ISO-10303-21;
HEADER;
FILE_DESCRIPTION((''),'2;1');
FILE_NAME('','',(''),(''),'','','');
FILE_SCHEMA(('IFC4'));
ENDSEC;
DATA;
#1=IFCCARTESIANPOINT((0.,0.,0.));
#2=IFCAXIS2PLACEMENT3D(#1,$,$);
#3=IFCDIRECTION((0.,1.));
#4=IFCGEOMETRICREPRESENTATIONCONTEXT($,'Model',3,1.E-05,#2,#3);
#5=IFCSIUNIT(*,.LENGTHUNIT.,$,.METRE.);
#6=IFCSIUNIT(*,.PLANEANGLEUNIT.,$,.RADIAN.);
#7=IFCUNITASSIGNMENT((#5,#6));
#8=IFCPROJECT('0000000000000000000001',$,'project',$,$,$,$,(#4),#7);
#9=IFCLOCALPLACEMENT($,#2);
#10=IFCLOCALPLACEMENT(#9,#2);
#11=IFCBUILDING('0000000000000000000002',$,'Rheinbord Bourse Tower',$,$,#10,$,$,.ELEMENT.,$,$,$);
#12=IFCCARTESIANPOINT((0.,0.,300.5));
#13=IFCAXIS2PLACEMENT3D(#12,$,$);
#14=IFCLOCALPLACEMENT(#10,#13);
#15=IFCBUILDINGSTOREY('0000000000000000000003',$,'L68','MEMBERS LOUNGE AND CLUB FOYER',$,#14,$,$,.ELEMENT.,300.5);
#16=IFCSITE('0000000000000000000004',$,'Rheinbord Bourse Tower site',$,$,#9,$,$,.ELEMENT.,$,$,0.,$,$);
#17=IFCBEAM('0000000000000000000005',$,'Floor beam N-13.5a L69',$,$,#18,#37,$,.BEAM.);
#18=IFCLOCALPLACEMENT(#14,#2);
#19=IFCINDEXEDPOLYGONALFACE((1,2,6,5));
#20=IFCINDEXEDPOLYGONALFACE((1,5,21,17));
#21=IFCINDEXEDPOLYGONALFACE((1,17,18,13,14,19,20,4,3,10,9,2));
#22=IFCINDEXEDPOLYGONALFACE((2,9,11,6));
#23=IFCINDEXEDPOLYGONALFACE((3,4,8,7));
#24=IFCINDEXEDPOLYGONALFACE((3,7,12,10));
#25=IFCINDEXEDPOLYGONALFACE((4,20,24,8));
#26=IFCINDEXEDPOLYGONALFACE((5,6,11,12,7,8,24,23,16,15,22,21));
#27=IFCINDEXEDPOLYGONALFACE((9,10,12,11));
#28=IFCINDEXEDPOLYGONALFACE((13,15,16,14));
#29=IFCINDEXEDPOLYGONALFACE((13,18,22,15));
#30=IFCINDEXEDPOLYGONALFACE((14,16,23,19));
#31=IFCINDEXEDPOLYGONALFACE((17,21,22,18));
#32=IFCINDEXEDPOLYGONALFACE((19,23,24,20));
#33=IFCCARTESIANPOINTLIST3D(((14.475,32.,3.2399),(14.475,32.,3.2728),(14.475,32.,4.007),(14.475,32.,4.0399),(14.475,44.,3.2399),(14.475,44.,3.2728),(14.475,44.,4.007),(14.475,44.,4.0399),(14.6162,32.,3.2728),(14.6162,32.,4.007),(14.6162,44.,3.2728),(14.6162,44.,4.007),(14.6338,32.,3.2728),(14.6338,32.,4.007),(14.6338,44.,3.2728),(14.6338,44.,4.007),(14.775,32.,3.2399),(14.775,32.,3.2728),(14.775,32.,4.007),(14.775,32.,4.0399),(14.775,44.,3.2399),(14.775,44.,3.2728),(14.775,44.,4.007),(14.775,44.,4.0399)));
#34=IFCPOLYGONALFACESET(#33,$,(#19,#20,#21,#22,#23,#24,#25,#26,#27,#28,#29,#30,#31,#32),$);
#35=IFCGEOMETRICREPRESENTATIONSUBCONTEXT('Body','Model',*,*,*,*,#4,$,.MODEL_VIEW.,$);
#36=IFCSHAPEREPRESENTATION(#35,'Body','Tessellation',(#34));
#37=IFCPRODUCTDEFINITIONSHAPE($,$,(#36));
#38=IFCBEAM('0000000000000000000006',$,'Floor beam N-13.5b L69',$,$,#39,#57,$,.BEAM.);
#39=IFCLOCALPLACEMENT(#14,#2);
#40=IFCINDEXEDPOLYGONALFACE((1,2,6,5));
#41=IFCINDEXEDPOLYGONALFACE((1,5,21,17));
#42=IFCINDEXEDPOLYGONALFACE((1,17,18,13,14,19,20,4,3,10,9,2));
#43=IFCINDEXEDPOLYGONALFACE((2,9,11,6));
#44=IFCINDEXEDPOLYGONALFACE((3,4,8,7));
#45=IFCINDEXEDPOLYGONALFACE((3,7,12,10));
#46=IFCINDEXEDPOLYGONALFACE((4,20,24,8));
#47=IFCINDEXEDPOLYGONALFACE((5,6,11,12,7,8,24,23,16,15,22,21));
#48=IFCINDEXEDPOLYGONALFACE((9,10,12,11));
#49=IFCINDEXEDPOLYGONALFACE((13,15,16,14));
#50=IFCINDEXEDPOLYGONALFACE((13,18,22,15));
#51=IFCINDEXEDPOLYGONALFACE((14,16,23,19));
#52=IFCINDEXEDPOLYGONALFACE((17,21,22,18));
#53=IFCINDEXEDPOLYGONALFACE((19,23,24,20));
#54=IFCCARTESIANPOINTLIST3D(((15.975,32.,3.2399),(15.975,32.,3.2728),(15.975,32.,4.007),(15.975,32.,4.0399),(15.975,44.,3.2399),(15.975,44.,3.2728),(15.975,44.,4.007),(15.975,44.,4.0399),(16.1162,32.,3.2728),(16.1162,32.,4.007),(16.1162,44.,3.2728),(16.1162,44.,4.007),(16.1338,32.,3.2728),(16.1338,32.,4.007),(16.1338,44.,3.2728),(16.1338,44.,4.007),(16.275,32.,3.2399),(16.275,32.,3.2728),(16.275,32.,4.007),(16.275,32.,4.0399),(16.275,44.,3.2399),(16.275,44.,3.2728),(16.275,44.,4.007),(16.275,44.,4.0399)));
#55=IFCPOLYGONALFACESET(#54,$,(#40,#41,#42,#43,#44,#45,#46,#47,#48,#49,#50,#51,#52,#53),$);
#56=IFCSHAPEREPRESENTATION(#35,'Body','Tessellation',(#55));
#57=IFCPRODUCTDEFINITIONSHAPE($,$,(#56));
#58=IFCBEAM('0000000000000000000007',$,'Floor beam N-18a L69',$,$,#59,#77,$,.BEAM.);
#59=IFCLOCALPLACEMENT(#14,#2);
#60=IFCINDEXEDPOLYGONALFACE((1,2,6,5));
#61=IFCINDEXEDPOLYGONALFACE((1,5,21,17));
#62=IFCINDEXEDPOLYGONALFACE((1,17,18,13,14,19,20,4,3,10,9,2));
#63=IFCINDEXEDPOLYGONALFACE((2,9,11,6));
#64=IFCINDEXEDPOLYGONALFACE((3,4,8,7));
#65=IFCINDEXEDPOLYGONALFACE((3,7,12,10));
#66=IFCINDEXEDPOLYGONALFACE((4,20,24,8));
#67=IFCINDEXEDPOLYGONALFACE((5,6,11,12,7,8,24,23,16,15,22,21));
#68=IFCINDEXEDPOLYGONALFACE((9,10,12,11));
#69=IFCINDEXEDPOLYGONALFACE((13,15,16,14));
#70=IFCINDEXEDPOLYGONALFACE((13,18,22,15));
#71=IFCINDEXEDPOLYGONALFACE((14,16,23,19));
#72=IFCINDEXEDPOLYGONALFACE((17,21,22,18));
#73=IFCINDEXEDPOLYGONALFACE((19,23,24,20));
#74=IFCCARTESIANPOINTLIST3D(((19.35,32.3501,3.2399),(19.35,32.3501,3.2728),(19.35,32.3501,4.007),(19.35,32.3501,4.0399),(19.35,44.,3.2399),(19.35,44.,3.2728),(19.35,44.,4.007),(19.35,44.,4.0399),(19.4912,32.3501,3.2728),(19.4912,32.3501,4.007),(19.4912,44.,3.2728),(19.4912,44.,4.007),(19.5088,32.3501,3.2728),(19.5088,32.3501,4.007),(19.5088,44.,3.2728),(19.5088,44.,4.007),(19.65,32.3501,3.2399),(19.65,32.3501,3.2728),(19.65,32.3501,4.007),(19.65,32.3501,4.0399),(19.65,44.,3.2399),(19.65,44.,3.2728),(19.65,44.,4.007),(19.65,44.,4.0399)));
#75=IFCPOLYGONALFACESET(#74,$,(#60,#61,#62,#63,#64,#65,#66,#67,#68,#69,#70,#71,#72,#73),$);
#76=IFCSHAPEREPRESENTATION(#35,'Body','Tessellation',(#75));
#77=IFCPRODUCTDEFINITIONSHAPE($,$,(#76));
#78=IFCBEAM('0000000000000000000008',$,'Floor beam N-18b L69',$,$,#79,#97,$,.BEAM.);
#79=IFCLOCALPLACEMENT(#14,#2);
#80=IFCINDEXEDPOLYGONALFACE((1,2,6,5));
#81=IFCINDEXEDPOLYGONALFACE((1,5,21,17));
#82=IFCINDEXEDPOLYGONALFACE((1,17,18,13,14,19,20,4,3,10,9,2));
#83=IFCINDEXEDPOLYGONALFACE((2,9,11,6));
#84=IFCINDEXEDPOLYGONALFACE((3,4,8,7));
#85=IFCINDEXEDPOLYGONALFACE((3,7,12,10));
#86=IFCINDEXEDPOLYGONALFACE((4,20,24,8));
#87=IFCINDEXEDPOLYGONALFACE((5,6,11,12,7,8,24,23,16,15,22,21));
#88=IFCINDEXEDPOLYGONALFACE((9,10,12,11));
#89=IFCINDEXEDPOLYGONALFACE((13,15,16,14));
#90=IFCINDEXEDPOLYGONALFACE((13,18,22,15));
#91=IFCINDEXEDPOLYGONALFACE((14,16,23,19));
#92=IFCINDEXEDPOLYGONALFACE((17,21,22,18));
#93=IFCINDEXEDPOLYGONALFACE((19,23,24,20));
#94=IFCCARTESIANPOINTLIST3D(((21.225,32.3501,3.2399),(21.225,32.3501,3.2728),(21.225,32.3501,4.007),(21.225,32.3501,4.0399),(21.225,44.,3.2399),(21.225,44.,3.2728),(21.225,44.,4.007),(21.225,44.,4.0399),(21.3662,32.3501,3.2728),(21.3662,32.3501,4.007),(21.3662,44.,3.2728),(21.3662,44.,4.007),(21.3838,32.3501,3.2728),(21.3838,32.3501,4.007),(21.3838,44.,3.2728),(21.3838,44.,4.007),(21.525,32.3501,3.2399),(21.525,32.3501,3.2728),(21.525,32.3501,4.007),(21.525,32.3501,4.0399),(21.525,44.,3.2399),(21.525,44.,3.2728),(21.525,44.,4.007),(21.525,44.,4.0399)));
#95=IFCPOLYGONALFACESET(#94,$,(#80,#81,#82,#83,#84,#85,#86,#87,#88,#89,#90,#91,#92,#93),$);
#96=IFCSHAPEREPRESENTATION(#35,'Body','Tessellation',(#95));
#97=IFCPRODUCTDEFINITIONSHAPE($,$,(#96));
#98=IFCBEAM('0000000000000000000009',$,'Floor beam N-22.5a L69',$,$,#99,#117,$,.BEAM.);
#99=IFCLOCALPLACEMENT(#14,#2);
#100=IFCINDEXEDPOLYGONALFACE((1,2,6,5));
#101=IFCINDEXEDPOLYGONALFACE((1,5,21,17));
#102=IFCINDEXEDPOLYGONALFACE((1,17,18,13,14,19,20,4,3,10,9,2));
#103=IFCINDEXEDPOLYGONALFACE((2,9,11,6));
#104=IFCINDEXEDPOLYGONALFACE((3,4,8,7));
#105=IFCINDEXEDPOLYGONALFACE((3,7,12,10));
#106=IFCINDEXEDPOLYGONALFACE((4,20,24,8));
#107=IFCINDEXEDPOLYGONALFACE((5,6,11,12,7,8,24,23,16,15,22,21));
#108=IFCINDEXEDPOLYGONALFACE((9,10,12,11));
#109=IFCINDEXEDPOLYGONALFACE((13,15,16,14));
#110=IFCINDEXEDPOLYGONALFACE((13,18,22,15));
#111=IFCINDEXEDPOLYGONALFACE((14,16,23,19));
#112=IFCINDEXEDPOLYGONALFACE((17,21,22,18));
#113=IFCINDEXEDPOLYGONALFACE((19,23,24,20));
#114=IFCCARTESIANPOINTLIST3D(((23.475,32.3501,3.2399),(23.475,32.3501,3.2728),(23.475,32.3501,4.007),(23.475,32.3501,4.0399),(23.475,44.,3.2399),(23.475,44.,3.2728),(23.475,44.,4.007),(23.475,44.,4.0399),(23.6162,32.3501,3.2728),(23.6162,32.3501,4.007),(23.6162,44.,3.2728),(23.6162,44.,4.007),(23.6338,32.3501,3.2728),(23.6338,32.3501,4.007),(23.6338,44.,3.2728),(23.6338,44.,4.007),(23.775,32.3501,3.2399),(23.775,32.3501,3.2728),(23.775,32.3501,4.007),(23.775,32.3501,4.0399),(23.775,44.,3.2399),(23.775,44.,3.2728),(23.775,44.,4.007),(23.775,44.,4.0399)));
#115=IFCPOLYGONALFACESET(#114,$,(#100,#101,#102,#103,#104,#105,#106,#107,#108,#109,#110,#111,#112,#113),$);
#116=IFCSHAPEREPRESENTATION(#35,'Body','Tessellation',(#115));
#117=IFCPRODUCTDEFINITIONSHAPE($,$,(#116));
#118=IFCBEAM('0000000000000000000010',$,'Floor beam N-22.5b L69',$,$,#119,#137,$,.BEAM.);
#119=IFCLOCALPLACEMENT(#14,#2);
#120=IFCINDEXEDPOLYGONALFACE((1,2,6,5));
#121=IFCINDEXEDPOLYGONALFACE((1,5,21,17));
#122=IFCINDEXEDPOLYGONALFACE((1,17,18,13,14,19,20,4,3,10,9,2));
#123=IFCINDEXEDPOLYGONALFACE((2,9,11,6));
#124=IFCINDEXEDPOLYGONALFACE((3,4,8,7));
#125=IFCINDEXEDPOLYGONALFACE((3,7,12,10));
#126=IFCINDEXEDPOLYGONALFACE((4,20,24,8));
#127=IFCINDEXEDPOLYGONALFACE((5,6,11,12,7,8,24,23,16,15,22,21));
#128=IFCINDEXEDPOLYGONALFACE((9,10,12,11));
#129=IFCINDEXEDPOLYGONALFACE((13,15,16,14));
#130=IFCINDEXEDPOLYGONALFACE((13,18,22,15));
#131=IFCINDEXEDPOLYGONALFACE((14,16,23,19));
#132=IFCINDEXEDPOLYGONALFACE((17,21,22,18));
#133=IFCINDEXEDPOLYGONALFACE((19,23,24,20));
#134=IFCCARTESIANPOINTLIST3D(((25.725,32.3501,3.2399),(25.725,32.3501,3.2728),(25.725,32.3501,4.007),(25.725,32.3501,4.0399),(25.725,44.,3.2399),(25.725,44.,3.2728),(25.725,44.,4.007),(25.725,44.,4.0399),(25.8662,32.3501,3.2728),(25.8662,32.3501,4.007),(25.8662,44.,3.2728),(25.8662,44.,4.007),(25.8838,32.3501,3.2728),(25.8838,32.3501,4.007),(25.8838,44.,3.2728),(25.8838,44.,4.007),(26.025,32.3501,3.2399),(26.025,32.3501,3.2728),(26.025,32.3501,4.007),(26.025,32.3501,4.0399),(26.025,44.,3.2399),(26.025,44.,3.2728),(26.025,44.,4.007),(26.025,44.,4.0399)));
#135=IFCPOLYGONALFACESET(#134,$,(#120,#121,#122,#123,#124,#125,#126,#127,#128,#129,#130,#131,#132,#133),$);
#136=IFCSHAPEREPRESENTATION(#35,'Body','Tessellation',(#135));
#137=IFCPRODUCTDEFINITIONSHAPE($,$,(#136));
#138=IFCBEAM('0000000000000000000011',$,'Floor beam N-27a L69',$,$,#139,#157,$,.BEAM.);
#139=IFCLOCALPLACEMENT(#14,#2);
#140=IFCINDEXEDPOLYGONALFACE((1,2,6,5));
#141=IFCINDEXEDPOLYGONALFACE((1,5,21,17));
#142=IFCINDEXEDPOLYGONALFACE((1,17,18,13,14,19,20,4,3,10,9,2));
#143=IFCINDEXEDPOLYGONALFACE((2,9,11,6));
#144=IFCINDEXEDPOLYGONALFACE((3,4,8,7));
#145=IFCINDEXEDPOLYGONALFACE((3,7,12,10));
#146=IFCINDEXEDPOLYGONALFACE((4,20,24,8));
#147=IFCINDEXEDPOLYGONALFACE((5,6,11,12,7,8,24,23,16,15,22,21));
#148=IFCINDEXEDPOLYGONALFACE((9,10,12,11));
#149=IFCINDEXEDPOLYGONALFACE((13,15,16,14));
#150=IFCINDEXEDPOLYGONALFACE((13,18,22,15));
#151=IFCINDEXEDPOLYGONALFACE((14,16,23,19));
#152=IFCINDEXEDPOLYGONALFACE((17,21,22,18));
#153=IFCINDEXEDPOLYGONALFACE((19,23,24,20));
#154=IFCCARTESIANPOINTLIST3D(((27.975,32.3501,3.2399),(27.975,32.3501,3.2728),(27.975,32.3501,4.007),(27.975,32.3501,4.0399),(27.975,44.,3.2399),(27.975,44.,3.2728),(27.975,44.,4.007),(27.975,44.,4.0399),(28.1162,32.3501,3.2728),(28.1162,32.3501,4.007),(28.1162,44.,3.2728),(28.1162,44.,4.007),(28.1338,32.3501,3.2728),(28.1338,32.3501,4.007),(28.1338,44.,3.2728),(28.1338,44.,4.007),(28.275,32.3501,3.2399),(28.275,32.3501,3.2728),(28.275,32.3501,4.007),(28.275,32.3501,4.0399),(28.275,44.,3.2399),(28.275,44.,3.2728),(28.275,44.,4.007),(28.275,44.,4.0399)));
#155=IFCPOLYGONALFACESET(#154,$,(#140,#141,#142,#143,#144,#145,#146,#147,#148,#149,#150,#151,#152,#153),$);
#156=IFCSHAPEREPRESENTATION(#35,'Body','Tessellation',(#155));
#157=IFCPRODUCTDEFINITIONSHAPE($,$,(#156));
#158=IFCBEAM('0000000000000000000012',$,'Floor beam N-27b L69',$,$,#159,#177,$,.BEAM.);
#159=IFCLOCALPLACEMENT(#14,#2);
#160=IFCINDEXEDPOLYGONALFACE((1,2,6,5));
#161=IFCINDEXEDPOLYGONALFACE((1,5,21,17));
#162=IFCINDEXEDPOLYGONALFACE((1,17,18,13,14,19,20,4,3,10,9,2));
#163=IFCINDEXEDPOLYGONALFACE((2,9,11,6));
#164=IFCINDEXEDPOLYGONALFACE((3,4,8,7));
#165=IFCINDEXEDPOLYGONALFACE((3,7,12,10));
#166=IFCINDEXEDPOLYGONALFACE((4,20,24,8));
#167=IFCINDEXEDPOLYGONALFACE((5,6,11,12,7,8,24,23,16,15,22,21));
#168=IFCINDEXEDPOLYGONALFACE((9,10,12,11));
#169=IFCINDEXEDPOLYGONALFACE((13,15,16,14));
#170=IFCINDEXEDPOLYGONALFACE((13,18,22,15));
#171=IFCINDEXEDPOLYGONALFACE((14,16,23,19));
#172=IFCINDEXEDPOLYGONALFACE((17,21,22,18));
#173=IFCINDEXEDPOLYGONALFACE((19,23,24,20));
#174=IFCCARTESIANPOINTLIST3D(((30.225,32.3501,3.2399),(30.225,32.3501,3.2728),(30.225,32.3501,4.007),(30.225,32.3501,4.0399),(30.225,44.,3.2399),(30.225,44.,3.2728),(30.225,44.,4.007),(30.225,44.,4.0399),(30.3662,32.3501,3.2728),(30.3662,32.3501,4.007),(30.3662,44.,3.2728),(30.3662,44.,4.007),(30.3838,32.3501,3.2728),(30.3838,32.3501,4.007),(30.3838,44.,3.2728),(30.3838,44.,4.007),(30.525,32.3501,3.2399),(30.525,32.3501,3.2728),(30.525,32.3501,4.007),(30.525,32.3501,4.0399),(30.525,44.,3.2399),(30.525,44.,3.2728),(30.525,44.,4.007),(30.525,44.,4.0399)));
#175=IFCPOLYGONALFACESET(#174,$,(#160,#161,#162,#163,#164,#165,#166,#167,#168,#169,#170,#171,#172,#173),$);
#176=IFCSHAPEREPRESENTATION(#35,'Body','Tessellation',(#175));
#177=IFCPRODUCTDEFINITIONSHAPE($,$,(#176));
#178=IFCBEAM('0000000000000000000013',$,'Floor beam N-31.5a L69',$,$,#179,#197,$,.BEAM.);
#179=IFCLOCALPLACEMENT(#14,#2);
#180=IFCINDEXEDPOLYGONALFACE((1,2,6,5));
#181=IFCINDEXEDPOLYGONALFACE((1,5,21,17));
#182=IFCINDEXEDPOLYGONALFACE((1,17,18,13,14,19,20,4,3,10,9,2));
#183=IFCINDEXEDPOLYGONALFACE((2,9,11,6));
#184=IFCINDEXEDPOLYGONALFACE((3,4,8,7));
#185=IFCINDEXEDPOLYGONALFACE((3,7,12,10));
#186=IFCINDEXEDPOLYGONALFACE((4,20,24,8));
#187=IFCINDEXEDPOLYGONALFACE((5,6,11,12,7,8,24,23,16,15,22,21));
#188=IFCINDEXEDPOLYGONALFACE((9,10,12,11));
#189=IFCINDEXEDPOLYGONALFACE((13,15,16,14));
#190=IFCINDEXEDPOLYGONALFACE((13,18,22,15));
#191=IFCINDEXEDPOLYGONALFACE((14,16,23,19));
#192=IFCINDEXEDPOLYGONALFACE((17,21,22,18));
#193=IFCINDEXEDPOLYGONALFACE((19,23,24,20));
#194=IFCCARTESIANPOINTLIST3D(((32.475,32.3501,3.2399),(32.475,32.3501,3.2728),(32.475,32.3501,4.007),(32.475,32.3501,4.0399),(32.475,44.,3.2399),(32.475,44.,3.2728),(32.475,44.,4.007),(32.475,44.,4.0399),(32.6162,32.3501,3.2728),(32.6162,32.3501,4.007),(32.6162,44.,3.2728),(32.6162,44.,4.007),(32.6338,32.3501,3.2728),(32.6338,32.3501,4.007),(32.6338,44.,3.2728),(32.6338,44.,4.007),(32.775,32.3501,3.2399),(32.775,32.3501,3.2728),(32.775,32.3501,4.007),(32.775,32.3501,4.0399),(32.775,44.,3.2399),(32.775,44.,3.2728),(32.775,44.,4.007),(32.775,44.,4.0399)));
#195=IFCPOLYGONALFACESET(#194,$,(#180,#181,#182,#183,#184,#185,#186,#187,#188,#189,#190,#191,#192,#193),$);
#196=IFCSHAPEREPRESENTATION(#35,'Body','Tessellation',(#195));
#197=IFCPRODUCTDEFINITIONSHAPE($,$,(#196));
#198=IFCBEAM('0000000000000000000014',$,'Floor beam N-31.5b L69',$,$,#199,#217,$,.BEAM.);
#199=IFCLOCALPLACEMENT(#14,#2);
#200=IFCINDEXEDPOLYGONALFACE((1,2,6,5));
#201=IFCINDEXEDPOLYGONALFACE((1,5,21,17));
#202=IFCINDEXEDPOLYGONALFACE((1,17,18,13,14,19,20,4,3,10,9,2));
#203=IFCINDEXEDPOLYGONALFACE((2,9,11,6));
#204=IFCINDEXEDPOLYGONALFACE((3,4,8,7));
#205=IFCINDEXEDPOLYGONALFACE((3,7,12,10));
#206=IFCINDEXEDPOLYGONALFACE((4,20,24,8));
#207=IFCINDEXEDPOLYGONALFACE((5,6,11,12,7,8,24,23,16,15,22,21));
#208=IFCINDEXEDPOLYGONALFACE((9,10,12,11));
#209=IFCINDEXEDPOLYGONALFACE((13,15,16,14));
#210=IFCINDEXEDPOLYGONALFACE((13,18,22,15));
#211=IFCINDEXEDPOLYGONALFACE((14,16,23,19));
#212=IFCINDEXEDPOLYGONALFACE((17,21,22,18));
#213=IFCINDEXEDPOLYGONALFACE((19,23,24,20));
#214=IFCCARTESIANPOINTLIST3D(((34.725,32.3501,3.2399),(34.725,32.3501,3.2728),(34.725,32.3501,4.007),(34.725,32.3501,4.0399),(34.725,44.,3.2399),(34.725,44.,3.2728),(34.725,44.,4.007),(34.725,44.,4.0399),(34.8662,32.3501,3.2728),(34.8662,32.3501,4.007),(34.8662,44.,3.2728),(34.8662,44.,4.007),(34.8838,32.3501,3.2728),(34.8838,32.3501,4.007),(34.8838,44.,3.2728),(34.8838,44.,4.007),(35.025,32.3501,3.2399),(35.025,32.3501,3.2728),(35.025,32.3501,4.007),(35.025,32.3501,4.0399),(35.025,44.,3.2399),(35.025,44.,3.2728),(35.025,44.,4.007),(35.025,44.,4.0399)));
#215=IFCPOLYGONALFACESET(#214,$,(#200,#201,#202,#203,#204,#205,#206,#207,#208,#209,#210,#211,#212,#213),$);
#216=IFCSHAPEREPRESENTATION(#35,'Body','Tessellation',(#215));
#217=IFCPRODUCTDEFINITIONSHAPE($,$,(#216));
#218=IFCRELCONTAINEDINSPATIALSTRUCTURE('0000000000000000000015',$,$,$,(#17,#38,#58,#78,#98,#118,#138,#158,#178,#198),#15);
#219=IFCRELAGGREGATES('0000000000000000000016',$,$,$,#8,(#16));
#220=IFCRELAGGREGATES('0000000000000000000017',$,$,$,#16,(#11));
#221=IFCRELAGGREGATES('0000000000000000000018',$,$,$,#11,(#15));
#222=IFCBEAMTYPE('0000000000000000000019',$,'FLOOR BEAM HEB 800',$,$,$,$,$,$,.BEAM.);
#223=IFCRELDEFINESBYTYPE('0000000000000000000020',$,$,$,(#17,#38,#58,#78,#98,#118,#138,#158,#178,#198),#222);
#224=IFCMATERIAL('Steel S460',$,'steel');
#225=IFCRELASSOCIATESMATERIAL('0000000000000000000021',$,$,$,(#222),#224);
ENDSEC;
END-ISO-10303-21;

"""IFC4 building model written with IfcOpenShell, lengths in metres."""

from ifc_helpers import new_model, si_unit, direction, frame, origin, origin_2d, place, context, subcontext, project, spatial, i_section, extrude, material, material_profile, profile_set, type_object, element, save


model = new_model("IFC4")

# Units and contexts
model_context = context("Model", 3, precision=1e-05, world=origin(), true_north=direction((0.0, 1.0)))
body_context = subcontext(model_context, "Body", "Model", "MODEL_VIEW")
ifc_project = project(units=[si_unit("LENGTHUNIT", "METRE"), si_unit("PLANEANGLEUNIT", "RADIAN")], contexts=[model_context])

# Site, building, storey
site_placement = place(None, origin())
site = spatial("IfcSite", under=ifc_project, at=site_placement, Name="Rheinbord Bourse Tower site", CompositionType="ELEMENT", RefElevation=0.0)
building_placement = place(site_placement, origin())
building = spatial("IfcBuilding", under=site, at=building_placement, Name="Rheinbord Bourse Tower", CompositionType="ELEMENT")
storey_placement = place(building_placement, frame((0.0, 0.0, 300.5)))
storey = spatial("IfcBuildingStorey", under=building, at=storey_placement, Name="L68", Description="MEMBERS LOUNGE AND CLUB FOYER", CompositionType="ELEMENT", Elevation=300.5)

# Beams
ifc_material_1 = material(Name="Steel S460", Category="steel")
ifc_material_profile_1 = material_profile(ifc_material_1, i_section(OverallWidth=0.3, OverallDepth=0.8, WebThickness=0.0176, FlangeThickness=0.033, at=origin_2d()), Name="HEB 800")
ifc_profile_set_1 = profile_set([ifc_material_profile_1], Name="Steel S460")
beam_type_1 = type_object("IfcBeamType", Name="FLOOR BEAM HEB 800", PredefinedType="BEAM", material=ifc_profile_set_1)
for number, where, z_axis, x_axis, name in (
    (1, (14.625, 44.0, 3.6399), (0.0, -1.0, 0.0), (1.0, 0.0, 0.0), "Floor beam N-13.5a L69"),
    (2, (16.125, 44.0, 3.6399), (0.0, -1.0, 0.0), (1.0, 0.0, 0.0), "Floor beam N-13.5b L69"),
):
    element("IfcBeam", number, at=place(storey_placement, frame(where, z_axis=z_axis, x_axis=x_axis)), inside=storey, type_object=beam_type_1, Name=name, PredefinedType="BEAM", context=body_context, shape_type="SweptSolid", body=[
        extrude(i_section(OverallWidth=0.3, OverallDepth=0.8, WebThickness=0.0176, FlangeThickness=0.033, at=origin_2d()), origin(), (0.0, 0.0, 1.0), 12.0),
    ])
for number, where, z_axis, x_axis, name in (
    (3, (19.5, 44.0, 3.6399), (0.0, -1.0, 0.0), (1.0, 0.0, 0.0), "Floor beam N-18a L69"),
    (4, (21.375, 44.0, 3.6399), (0.0, -1.0, 0.0), (1.0, 0.0, 0.0), "Floor beam N-18b L69"),
    (5, (23.625, 44.0, 3.6399), (0.0, -1.0, 0.0), (1.0, 0.0, 0.0), "Floor beam N-22.5a L69"),
    (6, (25.875, 44.0, 3.6399), (0.0, -1.0, 0.0), (1.0, 0.0, 0.0), "Floor beam N-22.5b L69"),
    (7, (28.125, 44.0, 3.6399), (0.0, -1.0, 0.0), (1.0, 0.0, 0.0), "Floor beam N-27a L69"),
    (8, (30.375, 44.0, 3.6399), (0.0, -1.0, 0.0), (1.0, 0.0, 0.0), "Floor beam N-27b L69"),
    (9, (32.625, 44.0, 3.6399), (0.0, -1.0, 0.0), (1.0, 0.0, 0.0), "Floor beam N-31.5a L69"),
    (10, (34.875, 44.0, 3.6399), (0.0, -1.0, 0.0), (1.0, 0.0, 0.0), "Floor beam N-31.5b L69"),
):
    element("IfcBeam", number, at=place(storey_placement, frame(where, z_axis=z_axis, x_axis=x_axis)), inside=storey, type_object=beam_type_1, Name=name, PredefinedType="BEAM", context=body_context, shape_type="SweptSolid", body=[
        extrude(i_section(OverallWidth=0.3, OverallDepth=0.8, WebThickness=0.0176, FlangeThickness=0.033, at=origin_2d()), origin(), (0.0, 0.0, 1.0), 11.6499),
    ])

save(model, "model.ifc")
